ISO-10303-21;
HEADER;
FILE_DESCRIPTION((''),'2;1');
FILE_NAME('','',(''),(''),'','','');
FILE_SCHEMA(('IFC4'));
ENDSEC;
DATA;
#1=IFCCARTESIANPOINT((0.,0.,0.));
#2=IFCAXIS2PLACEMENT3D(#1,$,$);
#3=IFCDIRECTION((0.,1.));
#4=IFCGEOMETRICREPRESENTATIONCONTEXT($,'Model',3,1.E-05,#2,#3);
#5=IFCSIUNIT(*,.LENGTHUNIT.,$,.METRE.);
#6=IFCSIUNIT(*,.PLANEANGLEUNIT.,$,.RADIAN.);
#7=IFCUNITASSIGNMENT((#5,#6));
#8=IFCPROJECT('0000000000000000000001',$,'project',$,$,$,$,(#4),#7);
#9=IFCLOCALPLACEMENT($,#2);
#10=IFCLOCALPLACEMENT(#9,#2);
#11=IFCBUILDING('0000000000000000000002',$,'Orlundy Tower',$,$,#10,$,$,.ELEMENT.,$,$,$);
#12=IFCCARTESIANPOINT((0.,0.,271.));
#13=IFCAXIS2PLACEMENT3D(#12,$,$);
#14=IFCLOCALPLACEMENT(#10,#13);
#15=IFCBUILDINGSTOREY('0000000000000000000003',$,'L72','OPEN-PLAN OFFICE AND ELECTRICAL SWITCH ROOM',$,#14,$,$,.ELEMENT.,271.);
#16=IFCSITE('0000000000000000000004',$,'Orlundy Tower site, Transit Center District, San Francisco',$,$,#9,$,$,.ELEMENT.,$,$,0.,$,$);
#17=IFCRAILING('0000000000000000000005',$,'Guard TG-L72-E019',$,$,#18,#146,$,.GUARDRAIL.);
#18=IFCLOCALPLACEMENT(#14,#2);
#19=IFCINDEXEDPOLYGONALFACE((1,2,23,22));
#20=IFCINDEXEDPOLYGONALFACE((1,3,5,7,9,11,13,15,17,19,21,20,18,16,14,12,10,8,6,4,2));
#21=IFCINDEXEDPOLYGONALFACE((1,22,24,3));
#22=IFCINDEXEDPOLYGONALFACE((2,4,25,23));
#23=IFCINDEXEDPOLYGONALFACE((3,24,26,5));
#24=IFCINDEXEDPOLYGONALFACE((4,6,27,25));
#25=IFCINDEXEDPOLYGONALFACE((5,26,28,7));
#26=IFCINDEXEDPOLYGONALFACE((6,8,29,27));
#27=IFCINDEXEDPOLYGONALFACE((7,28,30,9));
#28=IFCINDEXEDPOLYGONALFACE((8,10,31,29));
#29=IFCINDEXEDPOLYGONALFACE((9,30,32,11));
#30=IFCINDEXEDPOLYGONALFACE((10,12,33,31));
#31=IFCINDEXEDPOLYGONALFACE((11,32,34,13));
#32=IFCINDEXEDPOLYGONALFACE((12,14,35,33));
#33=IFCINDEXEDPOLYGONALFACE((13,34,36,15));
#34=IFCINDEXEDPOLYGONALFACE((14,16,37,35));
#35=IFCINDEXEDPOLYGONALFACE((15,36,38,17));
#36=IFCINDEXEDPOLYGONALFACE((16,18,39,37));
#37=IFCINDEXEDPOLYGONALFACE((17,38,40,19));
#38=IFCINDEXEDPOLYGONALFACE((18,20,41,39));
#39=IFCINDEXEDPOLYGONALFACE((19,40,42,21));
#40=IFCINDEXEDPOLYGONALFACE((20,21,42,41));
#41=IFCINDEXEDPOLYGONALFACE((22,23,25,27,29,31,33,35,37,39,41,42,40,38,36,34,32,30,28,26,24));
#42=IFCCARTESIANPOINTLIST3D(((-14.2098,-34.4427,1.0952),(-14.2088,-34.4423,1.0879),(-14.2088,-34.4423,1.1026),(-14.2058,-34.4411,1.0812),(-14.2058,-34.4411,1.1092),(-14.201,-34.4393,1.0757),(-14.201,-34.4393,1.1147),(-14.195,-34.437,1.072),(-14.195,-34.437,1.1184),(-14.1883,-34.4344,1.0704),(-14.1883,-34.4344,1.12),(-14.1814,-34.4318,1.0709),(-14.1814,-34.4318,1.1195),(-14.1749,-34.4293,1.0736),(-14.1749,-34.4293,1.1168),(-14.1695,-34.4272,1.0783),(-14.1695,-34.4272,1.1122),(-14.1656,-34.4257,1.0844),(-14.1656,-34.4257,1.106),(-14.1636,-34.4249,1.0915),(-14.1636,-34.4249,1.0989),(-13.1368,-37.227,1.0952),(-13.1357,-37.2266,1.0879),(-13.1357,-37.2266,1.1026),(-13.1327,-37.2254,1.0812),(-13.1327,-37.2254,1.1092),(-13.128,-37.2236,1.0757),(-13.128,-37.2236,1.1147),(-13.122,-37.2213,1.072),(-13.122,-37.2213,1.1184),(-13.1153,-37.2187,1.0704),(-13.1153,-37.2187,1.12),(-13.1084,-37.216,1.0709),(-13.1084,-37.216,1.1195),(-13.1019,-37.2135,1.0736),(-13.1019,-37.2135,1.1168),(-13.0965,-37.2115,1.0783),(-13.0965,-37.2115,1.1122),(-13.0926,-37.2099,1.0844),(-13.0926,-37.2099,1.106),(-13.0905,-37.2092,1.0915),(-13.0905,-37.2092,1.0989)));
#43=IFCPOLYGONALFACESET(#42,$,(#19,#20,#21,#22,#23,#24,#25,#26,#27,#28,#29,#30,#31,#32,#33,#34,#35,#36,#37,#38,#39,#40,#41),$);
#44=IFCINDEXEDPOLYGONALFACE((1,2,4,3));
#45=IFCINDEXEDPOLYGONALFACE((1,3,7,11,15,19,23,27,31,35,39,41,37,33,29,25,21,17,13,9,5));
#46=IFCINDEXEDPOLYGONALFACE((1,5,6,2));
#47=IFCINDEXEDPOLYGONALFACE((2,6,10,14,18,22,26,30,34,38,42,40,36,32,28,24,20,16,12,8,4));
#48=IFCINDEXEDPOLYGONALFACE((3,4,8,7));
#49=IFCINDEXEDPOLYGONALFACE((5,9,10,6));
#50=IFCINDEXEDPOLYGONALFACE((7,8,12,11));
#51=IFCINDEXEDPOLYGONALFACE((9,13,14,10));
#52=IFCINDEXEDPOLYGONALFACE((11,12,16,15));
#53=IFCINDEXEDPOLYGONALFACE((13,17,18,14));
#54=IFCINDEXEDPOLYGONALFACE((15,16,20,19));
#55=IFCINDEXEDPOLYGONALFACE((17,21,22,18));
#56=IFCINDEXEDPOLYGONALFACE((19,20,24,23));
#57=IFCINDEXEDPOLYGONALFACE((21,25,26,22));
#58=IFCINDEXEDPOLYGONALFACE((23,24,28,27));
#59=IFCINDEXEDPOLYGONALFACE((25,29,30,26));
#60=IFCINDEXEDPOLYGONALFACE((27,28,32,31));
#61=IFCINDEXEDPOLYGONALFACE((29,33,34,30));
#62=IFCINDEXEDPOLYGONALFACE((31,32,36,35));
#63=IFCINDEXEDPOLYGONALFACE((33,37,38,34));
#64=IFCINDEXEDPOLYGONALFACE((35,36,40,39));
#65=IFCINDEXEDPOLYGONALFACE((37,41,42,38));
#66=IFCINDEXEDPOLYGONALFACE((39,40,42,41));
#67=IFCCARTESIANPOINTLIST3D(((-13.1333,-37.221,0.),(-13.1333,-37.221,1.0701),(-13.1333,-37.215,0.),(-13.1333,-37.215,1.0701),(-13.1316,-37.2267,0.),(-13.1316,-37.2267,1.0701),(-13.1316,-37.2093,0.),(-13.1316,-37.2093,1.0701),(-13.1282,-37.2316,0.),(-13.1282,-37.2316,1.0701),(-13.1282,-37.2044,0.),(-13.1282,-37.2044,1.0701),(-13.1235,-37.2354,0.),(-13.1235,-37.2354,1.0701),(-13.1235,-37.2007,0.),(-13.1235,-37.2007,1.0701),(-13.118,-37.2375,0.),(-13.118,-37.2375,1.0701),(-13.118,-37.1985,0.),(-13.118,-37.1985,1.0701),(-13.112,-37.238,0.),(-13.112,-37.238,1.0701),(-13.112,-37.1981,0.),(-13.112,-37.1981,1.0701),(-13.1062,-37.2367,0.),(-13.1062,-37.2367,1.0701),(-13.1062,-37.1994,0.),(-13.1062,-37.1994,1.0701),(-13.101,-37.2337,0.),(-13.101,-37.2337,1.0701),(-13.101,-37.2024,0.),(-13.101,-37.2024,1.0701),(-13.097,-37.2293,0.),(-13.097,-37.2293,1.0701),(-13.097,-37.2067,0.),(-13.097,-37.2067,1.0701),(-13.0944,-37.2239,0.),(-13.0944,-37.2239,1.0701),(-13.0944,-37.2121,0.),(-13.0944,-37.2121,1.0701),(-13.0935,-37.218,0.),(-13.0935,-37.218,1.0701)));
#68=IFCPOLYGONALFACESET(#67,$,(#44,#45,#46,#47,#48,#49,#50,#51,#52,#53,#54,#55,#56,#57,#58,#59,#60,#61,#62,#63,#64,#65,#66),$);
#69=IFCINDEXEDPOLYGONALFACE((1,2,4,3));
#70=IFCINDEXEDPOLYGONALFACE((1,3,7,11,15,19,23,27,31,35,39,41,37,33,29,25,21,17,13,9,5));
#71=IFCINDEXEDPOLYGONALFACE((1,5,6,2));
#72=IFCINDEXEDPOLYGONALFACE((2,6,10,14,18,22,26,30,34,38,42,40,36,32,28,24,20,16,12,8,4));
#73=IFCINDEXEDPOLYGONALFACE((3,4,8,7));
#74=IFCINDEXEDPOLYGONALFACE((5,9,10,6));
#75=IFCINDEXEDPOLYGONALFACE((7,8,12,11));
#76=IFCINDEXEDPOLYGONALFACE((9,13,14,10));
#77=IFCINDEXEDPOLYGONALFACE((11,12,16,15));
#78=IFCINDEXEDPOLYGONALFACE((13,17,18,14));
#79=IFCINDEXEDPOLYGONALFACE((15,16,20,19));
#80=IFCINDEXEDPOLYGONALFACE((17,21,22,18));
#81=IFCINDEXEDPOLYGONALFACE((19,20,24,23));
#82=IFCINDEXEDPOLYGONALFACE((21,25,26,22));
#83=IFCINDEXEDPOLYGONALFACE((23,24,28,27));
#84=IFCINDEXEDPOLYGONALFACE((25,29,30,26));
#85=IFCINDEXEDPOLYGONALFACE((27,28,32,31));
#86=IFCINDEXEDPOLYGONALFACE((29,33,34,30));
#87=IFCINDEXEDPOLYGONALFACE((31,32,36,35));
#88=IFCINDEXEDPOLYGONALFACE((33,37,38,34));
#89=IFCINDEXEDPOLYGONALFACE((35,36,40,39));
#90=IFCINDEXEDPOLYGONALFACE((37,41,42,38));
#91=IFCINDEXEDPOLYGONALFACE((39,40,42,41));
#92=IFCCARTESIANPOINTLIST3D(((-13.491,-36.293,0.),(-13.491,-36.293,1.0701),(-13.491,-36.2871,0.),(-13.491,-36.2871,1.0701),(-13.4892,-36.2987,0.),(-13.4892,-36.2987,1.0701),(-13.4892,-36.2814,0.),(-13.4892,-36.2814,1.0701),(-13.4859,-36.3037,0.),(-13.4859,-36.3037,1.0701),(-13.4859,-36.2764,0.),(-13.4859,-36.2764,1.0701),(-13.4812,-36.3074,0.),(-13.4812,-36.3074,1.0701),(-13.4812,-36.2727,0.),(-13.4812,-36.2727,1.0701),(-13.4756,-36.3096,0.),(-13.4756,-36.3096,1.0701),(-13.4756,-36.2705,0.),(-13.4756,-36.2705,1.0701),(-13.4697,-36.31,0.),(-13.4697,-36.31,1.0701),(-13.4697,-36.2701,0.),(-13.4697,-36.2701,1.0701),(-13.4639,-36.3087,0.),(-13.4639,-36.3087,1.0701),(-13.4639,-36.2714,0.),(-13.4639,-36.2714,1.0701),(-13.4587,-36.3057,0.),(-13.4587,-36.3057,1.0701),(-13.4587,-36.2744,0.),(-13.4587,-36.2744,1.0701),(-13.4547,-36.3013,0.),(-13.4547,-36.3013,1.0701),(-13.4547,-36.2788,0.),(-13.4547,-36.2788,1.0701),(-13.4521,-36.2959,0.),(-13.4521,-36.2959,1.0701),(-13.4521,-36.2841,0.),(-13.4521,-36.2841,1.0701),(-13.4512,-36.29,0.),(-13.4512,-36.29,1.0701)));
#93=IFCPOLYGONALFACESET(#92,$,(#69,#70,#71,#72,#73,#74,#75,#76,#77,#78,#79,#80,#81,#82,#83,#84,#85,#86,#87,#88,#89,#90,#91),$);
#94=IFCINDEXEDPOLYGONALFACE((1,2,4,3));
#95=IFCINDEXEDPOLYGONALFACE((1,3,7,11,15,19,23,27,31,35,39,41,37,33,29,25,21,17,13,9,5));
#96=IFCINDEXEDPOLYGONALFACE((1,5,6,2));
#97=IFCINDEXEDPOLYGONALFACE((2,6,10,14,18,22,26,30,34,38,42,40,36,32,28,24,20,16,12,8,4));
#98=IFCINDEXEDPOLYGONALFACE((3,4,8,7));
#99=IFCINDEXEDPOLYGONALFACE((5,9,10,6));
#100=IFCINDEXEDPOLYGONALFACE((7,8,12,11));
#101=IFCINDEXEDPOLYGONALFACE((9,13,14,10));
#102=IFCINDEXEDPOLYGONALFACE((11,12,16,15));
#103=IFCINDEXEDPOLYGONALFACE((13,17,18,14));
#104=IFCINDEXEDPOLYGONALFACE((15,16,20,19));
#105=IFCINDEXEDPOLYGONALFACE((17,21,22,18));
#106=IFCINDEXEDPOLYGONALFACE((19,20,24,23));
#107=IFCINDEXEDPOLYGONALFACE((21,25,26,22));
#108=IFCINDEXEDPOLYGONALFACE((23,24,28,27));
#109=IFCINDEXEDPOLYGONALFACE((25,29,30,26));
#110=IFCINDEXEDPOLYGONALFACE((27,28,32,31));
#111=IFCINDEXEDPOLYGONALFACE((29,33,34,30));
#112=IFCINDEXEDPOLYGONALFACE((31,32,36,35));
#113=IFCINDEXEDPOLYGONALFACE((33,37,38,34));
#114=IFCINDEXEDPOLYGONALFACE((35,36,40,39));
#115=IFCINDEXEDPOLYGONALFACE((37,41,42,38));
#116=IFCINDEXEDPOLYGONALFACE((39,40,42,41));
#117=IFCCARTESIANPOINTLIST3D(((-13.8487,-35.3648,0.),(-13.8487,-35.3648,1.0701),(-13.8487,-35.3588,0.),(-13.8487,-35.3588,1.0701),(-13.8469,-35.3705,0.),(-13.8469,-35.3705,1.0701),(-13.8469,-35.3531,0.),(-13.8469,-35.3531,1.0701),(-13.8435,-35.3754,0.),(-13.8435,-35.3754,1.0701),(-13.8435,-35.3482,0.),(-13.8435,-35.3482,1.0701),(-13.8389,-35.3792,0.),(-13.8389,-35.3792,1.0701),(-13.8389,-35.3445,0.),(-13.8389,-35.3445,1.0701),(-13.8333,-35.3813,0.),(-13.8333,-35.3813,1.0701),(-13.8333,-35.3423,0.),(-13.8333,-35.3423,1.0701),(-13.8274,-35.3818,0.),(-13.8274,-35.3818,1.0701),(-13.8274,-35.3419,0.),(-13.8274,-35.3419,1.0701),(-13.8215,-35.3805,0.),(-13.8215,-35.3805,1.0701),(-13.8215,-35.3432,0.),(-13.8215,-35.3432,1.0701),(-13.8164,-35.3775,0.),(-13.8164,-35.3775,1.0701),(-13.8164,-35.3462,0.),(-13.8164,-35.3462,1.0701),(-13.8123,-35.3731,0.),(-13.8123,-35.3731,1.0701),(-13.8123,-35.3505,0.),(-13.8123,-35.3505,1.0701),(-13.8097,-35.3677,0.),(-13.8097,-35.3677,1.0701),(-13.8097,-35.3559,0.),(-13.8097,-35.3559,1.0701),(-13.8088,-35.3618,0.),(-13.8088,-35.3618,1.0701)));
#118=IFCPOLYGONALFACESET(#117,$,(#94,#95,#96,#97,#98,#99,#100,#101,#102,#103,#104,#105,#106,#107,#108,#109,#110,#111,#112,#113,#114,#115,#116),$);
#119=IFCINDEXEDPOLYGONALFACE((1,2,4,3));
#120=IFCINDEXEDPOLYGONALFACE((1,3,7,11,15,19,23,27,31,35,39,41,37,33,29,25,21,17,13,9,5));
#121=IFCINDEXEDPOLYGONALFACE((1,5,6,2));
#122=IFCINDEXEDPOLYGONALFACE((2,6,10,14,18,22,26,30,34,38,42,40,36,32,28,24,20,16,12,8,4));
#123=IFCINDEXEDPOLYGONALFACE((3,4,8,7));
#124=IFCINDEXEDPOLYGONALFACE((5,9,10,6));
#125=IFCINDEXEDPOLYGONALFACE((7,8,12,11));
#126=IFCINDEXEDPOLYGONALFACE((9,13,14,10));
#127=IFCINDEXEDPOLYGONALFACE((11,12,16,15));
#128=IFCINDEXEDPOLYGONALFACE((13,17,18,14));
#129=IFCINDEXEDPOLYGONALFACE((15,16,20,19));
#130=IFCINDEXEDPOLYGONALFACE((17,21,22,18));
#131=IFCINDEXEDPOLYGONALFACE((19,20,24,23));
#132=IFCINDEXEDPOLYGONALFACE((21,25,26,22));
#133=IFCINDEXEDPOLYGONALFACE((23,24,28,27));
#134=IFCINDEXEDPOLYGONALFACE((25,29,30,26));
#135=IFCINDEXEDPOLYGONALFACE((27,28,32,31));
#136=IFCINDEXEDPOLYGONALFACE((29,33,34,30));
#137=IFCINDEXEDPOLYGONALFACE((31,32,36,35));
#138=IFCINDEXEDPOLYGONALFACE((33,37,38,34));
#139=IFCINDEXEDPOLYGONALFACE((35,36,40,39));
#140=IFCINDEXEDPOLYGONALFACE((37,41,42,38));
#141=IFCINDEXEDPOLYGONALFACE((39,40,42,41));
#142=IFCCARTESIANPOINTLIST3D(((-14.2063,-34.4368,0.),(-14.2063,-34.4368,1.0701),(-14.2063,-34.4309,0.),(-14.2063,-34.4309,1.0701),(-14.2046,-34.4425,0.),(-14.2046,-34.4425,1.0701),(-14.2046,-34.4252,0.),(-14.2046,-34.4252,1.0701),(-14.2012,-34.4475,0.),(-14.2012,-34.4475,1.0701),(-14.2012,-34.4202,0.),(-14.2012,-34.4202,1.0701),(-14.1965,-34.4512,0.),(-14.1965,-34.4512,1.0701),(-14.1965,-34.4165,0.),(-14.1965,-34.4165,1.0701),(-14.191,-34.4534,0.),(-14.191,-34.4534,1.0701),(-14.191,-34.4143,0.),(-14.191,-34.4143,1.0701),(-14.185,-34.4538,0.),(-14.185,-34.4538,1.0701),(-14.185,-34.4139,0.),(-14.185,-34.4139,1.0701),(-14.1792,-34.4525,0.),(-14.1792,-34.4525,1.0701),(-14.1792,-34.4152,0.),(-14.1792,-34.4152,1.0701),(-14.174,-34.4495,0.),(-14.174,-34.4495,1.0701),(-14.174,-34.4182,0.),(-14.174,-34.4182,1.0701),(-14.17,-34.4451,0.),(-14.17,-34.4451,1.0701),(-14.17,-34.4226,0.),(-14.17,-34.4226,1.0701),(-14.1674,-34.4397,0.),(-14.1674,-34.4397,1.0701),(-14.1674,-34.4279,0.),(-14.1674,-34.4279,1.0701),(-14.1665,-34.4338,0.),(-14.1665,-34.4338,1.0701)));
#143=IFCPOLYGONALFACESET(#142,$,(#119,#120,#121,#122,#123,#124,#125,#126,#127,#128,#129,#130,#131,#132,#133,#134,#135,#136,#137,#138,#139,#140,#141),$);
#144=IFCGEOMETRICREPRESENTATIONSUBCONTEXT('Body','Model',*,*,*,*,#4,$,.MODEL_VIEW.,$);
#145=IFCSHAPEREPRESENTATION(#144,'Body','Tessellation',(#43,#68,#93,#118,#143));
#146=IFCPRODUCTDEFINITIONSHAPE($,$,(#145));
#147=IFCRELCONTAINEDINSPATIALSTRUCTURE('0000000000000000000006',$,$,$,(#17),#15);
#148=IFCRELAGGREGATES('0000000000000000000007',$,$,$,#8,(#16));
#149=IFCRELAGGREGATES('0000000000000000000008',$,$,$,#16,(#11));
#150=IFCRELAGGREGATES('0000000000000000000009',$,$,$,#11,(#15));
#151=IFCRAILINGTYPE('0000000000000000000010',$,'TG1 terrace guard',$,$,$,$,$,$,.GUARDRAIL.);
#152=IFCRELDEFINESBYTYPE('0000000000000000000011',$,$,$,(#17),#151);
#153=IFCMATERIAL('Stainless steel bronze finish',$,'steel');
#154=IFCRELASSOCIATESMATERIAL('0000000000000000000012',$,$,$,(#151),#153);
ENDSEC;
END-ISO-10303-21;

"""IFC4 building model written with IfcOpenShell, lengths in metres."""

from ifc_helpers import new_model, si_unit, direction, frame, origin, origin_2d, place, context, subcontext, project, spatial, circle, extrude, material, type_object, element, save


model = new_model("IFC4")

# Units and contexts
model_context = context("Model", 3, precision=1e-05, world=origin(), true_north=direction((0.0, 1.0)))
body_context = subcontext(model_context, "Body", "Model", "MODEL_VIEW")
ifc_project = project(units=[si_unit("LENGTHUNIT", "METRE"), si_unit("PLANEANGLEUNIT", "RADIAN")], contexts=[model_context])

# Site, building, storey
site_placement = place(None, origin())
site = spatial("IfcSite", under=ifc_project, at=site_placement, Name="Orlundy Tower site, Transit Center District, San Francisco", CompositionType="ELEMENT", RefElevation=0.0)
building_placement = place(site_placement, origin())
building = spatial("IfcBuilding", under=site, at=building_placement, Name="Orlundy Tower", CompositionType="ELEMENT")
storey_placement = place(building_placement, frame((0.0, 0.0, 271.0)))
storey = spatial("IfcBuildingStorey", under=building, at=storey_placement, Name="L72", Description="OPEN-PLAN OFFICE AND ELECTRICAL SWITCH ROOM", CompositionType="ELEMENT", Elevation=271.0)

# Railing
ifc_material_1 = material(Name="Stainless steel bronze finish", Category="steel")
railing_type_1 = type_object("IfcRailingType", Name="TG1 terrace guard", PredefinedType="GUARDRAIL", material=ifc_material_1)
railing_1_placement = place(storey_placement, frame((-13.1135, -37.218, 0.0)))
element("IfcRailing", 1, at=railing_1_placement, inside=storey, type_object=railing_type_1, Name="Guard TG-L72-E019", PredefinedType="GUARDRAIL", context=body_context, shape_type="SweptSolid", body=[
    extrude(circle(Radius=0.0249, at=origin_2d()), frame((0.0, 0.0, 1.0952), z_axis=(-0.35961, 0.933103, 0.0), x_axis=(-0.933103, -0.35961, 0.0)), (0.0, 0.0, 1.0), 2.9839),
    extrude(circle(Radius=0.02, at=origin_2d()), origin(), (0.0, 0.0, 1.0), 1.0701),
    extrude(circle(Radius=0.02, at=origin_2d()), frame((-0.3577, 0.928, 0.0)), (0.0, 0.0, 1.0), 1.0701),
    extrude(circle(Radius=0.02, at=origin_2d()), frame((-0.7153, 1.8562, 0.0)), (0.0, 0.0, 1.0), 1.0701),
    extrude(circle(Radius=0.02, at=origin_2d()), frame((-1.073, 2.7842, 0.0)), (0.0, 0.0, 1.0), 1.0701),
])

save(model, "model.ifc")
